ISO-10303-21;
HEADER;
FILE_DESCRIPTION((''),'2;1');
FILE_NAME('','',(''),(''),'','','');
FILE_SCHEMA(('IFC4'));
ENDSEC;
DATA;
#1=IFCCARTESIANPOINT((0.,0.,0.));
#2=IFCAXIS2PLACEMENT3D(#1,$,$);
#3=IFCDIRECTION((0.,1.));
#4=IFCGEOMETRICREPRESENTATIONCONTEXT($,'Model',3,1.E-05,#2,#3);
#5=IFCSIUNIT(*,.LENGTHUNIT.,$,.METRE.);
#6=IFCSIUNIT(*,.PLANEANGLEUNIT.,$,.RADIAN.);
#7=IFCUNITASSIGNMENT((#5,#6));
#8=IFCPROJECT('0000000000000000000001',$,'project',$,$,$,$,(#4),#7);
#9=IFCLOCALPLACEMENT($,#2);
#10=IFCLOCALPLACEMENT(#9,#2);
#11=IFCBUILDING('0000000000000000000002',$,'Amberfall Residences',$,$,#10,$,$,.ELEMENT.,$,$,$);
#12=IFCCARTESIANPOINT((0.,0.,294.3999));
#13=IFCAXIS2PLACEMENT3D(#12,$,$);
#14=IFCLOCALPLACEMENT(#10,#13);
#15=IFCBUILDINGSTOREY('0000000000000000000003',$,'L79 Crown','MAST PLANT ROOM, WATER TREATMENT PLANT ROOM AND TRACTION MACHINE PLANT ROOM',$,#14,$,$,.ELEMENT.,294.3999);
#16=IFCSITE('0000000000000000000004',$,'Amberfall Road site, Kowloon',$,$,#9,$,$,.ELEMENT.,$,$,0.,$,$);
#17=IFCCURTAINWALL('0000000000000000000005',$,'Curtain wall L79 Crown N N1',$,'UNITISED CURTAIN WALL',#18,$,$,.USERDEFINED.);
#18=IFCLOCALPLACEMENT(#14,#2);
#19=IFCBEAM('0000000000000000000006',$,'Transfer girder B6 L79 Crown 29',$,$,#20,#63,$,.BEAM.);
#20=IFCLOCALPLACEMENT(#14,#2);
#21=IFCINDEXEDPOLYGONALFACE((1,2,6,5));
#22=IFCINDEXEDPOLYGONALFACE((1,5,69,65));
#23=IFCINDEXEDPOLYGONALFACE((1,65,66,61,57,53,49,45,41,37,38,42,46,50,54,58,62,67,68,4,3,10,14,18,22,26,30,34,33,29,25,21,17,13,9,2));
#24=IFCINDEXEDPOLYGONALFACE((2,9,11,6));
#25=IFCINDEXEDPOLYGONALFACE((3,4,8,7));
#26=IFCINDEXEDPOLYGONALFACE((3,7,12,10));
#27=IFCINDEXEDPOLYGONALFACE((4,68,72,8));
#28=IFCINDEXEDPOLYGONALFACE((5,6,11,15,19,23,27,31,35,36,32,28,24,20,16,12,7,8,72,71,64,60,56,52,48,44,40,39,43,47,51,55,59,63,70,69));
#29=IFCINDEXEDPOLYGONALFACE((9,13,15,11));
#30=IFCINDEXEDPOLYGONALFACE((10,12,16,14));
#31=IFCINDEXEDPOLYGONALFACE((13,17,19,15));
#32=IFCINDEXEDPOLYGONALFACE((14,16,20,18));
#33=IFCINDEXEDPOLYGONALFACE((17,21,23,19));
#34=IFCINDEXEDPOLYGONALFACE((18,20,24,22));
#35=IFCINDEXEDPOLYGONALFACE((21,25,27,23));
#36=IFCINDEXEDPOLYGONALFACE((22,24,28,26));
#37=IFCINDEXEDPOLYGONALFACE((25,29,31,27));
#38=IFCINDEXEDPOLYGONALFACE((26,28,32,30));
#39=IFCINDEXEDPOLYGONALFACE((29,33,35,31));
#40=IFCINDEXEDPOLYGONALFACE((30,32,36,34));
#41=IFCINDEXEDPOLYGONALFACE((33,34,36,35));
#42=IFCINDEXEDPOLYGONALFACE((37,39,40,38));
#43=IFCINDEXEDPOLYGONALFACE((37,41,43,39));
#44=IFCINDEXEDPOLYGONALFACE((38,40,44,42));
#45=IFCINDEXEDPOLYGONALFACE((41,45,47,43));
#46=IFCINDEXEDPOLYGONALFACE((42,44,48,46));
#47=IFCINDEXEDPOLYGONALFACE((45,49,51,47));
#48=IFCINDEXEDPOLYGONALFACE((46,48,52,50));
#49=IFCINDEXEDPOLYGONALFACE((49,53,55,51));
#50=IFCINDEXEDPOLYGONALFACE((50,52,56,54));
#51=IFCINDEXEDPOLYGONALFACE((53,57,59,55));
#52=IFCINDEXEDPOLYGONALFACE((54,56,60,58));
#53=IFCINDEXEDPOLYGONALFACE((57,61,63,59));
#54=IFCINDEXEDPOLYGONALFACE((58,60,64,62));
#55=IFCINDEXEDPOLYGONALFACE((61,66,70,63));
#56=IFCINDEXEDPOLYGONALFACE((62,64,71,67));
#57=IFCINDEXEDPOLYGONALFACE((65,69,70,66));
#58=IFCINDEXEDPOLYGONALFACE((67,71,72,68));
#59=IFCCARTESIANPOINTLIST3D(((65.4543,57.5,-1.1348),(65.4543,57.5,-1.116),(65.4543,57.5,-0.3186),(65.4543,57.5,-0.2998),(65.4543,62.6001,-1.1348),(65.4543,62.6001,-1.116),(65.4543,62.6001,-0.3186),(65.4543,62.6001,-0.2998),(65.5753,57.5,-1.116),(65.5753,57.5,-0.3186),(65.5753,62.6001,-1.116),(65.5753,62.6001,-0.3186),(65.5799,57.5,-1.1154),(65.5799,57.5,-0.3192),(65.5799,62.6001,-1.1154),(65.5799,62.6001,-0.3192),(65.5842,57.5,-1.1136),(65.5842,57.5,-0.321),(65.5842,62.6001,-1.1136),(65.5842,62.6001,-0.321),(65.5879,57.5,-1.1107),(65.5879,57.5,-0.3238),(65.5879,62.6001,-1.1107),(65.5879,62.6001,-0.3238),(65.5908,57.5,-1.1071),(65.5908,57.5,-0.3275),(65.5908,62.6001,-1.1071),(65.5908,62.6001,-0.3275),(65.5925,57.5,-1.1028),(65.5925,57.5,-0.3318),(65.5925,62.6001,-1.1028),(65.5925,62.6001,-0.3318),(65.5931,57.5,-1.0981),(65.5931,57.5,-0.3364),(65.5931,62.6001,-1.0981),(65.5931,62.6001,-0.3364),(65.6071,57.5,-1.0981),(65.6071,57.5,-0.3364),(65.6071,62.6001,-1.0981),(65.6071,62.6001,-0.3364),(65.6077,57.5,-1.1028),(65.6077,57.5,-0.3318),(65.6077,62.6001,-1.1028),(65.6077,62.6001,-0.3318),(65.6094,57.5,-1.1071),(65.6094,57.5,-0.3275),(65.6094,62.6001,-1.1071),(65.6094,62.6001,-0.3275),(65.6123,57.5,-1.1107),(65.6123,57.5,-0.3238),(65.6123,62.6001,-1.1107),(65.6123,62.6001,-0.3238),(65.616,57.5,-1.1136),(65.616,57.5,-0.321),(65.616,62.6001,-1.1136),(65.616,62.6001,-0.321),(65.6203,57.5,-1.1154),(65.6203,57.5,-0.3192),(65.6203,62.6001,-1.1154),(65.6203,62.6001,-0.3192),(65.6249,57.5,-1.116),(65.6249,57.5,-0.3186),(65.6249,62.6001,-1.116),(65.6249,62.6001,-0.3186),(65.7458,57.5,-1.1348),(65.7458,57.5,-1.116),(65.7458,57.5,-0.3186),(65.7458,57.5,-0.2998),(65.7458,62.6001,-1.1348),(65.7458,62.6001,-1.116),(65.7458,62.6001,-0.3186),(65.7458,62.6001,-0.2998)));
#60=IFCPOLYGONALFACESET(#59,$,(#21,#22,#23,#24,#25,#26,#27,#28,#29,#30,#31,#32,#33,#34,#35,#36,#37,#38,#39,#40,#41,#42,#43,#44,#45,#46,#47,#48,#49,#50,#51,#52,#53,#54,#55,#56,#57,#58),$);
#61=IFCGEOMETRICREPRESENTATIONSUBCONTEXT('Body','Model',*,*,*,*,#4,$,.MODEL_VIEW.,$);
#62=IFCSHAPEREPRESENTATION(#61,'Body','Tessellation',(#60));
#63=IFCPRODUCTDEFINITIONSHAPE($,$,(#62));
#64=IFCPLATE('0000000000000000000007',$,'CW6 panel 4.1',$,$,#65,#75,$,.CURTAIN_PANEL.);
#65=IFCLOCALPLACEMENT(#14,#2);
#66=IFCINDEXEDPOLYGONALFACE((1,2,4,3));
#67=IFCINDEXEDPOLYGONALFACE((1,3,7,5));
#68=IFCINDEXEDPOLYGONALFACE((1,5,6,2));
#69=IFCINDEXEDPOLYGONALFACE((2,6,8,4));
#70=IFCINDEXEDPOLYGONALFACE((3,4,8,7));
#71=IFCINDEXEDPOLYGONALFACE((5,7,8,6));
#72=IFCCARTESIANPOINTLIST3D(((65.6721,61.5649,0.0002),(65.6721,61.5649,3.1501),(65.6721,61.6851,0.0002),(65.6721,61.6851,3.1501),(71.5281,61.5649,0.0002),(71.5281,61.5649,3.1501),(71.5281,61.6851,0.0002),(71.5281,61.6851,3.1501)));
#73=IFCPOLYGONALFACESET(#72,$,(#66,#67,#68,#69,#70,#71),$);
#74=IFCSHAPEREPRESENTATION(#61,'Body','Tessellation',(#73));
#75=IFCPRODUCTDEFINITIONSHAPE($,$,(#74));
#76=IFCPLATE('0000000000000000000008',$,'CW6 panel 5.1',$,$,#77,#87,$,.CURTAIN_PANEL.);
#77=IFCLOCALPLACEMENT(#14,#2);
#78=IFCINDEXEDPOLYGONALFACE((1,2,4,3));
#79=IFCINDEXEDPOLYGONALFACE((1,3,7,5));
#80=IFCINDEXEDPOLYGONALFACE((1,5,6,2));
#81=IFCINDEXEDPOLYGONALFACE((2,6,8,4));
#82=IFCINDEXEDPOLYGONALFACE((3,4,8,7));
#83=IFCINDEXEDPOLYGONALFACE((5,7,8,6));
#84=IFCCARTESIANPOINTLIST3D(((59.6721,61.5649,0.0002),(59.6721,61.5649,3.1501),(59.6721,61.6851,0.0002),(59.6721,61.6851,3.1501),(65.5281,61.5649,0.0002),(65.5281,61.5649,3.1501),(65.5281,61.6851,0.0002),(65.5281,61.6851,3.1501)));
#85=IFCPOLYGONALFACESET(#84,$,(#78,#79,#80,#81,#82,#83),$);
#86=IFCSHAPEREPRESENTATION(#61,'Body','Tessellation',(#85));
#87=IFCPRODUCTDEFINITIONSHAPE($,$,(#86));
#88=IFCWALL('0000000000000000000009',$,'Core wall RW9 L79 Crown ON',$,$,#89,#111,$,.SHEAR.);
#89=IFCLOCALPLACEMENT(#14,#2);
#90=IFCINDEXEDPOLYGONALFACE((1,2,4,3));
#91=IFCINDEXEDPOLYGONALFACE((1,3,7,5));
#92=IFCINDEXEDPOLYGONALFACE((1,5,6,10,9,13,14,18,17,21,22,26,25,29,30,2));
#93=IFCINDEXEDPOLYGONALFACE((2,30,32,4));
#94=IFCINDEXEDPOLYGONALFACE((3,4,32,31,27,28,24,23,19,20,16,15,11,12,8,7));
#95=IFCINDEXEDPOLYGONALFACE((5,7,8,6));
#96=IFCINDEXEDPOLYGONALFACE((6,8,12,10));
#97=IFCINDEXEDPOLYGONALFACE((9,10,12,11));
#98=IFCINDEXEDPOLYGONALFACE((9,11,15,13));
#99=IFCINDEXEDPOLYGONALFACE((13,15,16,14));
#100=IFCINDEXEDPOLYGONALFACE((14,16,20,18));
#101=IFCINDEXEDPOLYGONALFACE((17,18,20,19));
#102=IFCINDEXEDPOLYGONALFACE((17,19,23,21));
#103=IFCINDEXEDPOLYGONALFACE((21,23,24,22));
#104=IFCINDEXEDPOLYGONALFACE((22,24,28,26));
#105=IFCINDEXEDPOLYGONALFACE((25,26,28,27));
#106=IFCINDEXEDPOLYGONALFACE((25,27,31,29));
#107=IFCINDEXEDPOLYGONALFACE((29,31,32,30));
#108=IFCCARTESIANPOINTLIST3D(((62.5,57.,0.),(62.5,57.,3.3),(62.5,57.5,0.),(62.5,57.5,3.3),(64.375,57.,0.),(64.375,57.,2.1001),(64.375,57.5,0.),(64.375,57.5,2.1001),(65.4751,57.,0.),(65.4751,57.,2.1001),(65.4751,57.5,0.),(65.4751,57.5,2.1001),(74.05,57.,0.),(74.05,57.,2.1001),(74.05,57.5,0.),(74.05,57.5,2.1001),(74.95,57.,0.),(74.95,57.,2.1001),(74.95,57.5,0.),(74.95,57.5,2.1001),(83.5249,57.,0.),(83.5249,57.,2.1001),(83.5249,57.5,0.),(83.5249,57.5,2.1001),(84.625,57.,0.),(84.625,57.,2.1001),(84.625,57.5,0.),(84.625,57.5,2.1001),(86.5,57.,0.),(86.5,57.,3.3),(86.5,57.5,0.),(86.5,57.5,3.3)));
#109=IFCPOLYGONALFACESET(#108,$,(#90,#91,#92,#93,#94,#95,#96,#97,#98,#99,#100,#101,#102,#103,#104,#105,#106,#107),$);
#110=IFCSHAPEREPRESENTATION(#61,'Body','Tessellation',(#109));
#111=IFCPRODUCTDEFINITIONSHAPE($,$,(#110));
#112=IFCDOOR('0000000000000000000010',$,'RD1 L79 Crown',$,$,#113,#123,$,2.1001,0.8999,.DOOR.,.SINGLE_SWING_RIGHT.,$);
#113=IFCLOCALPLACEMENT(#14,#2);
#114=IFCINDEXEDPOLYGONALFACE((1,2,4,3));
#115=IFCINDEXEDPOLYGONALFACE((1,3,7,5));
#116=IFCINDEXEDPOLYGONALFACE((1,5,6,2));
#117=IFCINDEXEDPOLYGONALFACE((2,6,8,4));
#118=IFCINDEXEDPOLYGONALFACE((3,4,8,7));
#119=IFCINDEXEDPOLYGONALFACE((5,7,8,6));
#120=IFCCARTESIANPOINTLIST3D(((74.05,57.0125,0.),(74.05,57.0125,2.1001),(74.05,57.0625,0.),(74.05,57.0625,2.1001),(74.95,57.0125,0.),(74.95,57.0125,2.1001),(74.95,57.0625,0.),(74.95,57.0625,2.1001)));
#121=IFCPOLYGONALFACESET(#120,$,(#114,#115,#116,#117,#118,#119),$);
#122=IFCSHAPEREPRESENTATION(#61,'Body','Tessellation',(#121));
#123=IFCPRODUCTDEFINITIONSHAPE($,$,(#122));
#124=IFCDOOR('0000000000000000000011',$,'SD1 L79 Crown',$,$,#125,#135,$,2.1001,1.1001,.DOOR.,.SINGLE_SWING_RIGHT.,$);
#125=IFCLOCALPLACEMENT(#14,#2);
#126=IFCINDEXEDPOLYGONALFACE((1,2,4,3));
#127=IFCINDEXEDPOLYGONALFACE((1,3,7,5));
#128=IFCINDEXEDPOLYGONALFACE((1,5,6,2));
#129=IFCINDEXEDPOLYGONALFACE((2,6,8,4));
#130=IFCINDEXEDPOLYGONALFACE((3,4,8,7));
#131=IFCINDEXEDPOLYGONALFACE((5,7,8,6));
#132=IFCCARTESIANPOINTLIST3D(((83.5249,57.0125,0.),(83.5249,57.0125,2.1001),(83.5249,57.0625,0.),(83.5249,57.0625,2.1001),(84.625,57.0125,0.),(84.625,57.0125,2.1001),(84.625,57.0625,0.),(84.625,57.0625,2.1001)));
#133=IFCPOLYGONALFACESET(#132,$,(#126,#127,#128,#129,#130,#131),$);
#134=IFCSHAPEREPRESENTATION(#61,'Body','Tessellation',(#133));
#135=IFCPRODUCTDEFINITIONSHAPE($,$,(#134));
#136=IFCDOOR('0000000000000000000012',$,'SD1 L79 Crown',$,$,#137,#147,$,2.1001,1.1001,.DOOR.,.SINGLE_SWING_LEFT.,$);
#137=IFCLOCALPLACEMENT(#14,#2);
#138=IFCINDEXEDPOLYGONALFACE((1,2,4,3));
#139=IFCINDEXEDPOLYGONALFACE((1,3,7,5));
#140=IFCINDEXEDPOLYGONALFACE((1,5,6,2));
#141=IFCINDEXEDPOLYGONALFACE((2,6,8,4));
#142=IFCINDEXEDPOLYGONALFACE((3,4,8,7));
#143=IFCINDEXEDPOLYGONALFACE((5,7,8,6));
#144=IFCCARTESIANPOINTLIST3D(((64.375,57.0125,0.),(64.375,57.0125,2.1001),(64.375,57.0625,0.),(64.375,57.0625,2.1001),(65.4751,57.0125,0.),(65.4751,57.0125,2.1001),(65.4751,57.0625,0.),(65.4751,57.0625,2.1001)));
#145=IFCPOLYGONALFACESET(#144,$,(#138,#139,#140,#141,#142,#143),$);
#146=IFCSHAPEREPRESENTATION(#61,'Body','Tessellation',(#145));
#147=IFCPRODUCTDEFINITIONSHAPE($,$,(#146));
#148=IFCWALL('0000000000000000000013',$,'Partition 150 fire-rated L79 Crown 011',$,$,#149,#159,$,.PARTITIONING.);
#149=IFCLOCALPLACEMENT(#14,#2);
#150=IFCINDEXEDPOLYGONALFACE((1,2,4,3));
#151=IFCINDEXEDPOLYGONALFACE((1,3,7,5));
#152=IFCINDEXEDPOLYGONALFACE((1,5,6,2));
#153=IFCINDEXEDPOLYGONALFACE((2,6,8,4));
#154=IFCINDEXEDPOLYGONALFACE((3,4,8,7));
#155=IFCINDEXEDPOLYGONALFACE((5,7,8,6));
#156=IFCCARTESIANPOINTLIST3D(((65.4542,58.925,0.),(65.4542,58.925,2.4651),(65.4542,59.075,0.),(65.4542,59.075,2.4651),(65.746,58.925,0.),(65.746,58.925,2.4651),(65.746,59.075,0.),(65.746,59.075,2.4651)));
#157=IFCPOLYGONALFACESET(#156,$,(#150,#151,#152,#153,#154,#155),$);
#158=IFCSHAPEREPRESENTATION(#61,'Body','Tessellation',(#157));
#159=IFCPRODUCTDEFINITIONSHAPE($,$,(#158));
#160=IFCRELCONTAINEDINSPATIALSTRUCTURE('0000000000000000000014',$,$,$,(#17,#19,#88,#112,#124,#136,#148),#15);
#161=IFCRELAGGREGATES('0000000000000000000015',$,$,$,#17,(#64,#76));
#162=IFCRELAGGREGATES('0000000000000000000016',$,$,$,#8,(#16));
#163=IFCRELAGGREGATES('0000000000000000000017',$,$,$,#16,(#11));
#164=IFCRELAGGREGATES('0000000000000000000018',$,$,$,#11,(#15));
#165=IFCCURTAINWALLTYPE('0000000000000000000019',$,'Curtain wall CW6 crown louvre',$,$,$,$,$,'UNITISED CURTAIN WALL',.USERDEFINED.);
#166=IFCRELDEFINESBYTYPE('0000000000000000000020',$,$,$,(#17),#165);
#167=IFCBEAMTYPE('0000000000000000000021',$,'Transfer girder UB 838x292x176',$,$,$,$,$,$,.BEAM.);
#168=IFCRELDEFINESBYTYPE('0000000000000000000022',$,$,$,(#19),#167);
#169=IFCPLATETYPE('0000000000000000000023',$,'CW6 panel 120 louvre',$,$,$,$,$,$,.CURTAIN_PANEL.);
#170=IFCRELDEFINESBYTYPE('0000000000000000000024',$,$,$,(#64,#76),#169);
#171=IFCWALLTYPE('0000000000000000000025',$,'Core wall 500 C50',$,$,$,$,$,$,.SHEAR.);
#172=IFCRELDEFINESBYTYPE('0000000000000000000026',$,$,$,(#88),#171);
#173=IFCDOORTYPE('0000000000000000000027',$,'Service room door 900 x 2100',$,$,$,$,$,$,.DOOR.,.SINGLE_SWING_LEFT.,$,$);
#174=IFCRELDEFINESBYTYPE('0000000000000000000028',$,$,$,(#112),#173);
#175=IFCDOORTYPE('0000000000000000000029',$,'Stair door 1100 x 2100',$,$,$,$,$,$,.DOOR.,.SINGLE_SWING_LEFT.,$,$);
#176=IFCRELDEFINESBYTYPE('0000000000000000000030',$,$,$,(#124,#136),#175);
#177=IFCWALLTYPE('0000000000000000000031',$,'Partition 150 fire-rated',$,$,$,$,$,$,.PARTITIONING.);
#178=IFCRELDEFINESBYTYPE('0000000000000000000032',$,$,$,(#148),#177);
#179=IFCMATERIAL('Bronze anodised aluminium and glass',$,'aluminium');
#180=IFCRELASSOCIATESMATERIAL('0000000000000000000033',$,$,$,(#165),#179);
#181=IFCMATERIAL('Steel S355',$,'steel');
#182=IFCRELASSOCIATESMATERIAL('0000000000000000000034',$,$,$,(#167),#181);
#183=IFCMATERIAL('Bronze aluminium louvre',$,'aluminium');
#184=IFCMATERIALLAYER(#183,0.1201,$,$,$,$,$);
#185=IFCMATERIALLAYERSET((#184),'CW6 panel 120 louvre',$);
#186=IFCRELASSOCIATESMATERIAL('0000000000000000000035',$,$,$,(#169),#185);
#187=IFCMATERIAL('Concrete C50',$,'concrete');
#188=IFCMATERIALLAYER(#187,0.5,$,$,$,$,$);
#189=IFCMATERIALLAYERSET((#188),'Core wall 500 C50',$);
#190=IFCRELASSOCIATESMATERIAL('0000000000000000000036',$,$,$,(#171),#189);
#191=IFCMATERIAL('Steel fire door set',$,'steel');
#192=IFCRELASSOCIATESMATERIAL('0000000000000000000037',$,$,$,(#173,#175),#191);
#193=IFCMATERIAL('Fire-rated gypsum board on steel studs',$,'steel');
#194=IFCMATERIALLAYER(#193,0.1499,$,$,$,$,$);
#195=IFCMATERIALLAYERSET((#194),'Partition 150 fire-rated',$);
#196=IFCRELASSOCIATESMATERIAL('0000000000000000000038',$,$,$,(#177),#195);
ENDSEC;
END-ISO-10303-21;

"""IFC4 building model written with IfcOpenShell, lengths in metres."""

from ifc_helpers import new_model, si_unit, direction, frame, frame_2d, origin, origin_2d, place, context, subcontext, project, spatial, rectangle, i_section, extrude, material, layer, layer_set, material_profile, profile_set, type_object, element, fill, aggregate, save


model = new_model("IFC4")

# Units and contexts
model_context = context("Model", 3, precision=1e-05, world=origin(), true_north=direction((0.0, 1.0)))
body_context = subcontext(model_context, "Body", "Model", "MODEL_VIEW")
ifc_project = project(units=[si_unit("LENGTHUNIT", "METRE"), si_unit("PLANEANGLEUNIT", "RADIAN")], contexts=[model_context])

# Site, building, storey
site_placement = place(None, origin())
site = spatial("IfcSite", under=ifc_project, at=site_placement, Name="Amberfall Road site, Kowloon", CompositionType="ELEMENT", RefElevation=0.0)
building_placement = place(site_placement, origin())
building = spatial("IfcBuilding", under=site, at=building_placement, Name="Amberfall Residences", CompositionType="ELEMENT")
storey_placement = place(building_placement, frame((0.0, 0.0, 294.3999)))
storey = spatial("IfcBuildingStorey", under=building, at=storey_placement, Name="L79 Crown", Description="MAST PLANT ROOM, WATER TREATMENT PLANT ROOM AND TRACTION MACHINE PLANT ROOM", CompositionType="ELEMENT", Elevation=294.3999)

# Shared definitions
ifc_material_1 = material(Name="Concrete C50", Category="concrete")

# Curtain wall
ifc_material_2 = material(Name="Bronze anodised aluminium and glass", Category="aluminium")
curtain_wall_type = type_object("IfcCurtainWallType", Name="Curtain wall CW6 crown louvre", ElementType="UNITISED CURTAIN WALL", PredefinedType="USERDEFINED", material=ifc_material_2)
curtain_wall_placement = place(storey_placement, origin())
curtain_wall = element("IfcCurtainWall", 1, at=curtain_wall_placement, inside=storey, type_object=curtain_wall_type, Name="Curtain wall L79 Crown N N1", ObjectType="UNITISED CURTAIN WALL", PredefinedType="USERDEFINED")

# Beam
ifc_material_3 = material(Name="Steel S355", Category="steel")
ifc_material_profile_1 = material_profile(ifc_material_3, i_section(OverallWidth=0.2915, OverallDepth=0.835, WebThickness=0.0139, FlangeThickness=0.0188, FilletRadius=0.0178, at=origin_2d()), Name="UB 838x292x176")
ifc_profile_set_1 = profile_set([ifc_material_profile_1], Name="Steel S355")
beam_type_1 = type_object("IfcBeamType", Name="Transfer girder UB 838x292x176", PredefinedType="BEAM", material=ifc_profile_set_1)
beam_placement = place(storey_placement, frame((65.6001, 62.6001, -0.7173), z_axis=(0.0, -1.0, 0.0), x_axis=(1.0, 0.0, 0.0)))
element("IfcBeam", 2, at=beam_placement, inside=storey, type_object=beam_type_1, Name="Transfer girder B6 L79 Crown 29", PredefinedType="BEAM", context=body_context, shape_type="SweptSolid", body=[
    extrude(i_section(OverallWidth=0.2915, OverallDepth=0.835, WebThickness=0.0139, FlangeThickness=0.0188, FilletRadius=0.0178, at=origin_2d()), origin(), (0.0, 0.0, 1.0), 5.1001),
])

# Plates
ifc_material_4 = material(Name="Bronze aluminium louvre", Category="aluminium")
ifc_layer_1 = layer(ifc_material_4, 0.1201)
ifc_layer_set_1 = layer_set([ifc_layer_1], Name="CW6 panel 120 louvre")
plate_type = type_object("IfcPlateType", Name="CW6 panel 120 louvre", PredefinedType="CURTAIN_PANEL", material=ifc_layer_set_1)
plate_1_placement = place(storey_placement, frame((68.6001, 61.625, 0.0002), z_axis=(0.0, 0.0, 1.0), x_axis=(-1.0, 0.0, 0.0)))
plate_1 = element("IfcPlate", 3, at=plate_1_placement, type_object=plate_type, Name="CW6 panel 4.1", PredefinedType="CURTAIN_PANEL", context=body_context, shape_type="SweptSolid", body=[
    extrude(rectangle(XDim=5.856, YDim=0.1201, at=origin_2d()), origin(), (0.0, 0.0, 1.0), 3.1499),
])
plate_2_placement = place(storey_placement, frame((62.6001, 61.625, 0.0002), z_axis=(0.0, 0.0, 1.0), x_axis=(-1.0, 0.0, 0.0)))
plate_2 = element("IfcPlate", 4, at=plate_2_placement, type_object=plate_type, Name="CW6 panel 5.1", PredefinedType="CURTAIN_PANEL", context=body_context, shape_type="SweptSolid", body=[
    extrude(rectangle(XDim=5.856, YDim=0.1201, at=origin_2d()), origin(), (0.0, 0.0, 1.0), 3.1499),
])
aggregate(curtain_wall, [plate_1, plate_2])

# Wall, openings, doors
ifc_layer_2 = layer(ifc_material_1, 0.5)
ifc_layer_set_2 = layer_set([ifc_layer_2], Name="Core wall 500 C50")
wall_type_1 = type_object("IfcWallType", Name="Core wall 500 C50", PredefinedType="SHEAR", material=ifc_layer_set_2)
wall_1_placement = place(storey_placement, frame((62.5, 57.25, 0.0), z_axis=(0.0, 0.0, 1.0), x_axis=(1.0, 0.0, 0.0)))
wall_1 = element("IfcWall", 5, at=wall_1_placement, inside=storey, type_object=wall_type_1, Name="Core wall RW9 L79 Crown ON", PredefinedType="SHEAR", context=body_context, shape_type="SweptSolid", body=[
    extrude(rectangle(XDim=24.0, YDim=0.5, at=frame_2d((12.0, 0.0))), origin(), (0.0, 0.0, 1.0), 3.3),
])
opening_1_placement = place(wall_1_placement, frame((21.0249, 0.0, 0.0)))
opening_1 = element("IfcOpeningElement", 6, at=opening_1_placement, cuts=wall_1, PredefinedType="OPENING", context=body_context, shape_type="SweptSolid", body=[
    extrude(rectangle(XDim=1.1001, YDim=2.1001, at=frame_2d((0.55, 1.05))), frame((0.0, 0.26, 0.0), z_axis=(0.0, -1.0, 0.0), x_axis=(1.0, 0.0, 0.0)), (0.0, 0.0, 1.0), 0.52),
])
opening_2_placement = place(wall_1_placement, frame((1.875, 0.0, 0.0)))
opening_2 = element("IfcOpeningElement", 7, at=opening_2_placement, cuts=wall_1, PredefinedType="OPENING", context=body_context, shape_type="SweptSolid", body=[
    extrude(rectangle(XDim=1.1001, YDim=2.1001, at=frame_2d((0.55, 1.05))), frame((0.0, 0.26, 0.0), z_axis=(0.0, -1.0, 0.0), x_axis=(1.0, 0.0, 0.0)), (0.0, 0.0, 1.0), 0.52),
])
opening_3_placement = place(wall_1_placement, frame((11.55, 0.0, 0.0)))
opening_3 = element("IfcOpeningElement", 8, at=opening_3_placement, cuts=wall_1, PredefinedType="OPENING", context=body_context, shape_type="SweptSolid", body=[
    extrude(rectangle(XDim=0.8999, YDim=2.1001, at=frame_2d((0.45, 1.05))), frame((0.0, 0.26, 0.0), z_axis=(0.0, -1.0, 0.0), x_axis=(1.0, 0.0, 0.0)), (0.0, 0.0, 1.0), 0.52),
])
ifc_material_5 = material(Name="Steel fire door set", Category="steel")
door_type_1 = type_object("IfcDoorType", Name="Service room door 900 x 2100", OperationType="SINGLE_SWING_LEFT", PredefinedType="DOOR", material=ifc_material_5)
door_1_placement = place(opening_3_placement, origin())
door_1 = element("IfcDoor", 9, at=door_1_placement, inside=storey, type_object=door_type_1, Name="RD1 L79 Crown", OperationType="SINGLE_SWING_RIGHT", OverallHeight=2.1001, OverallWidth=0.8999, PredefinedType="DOOR", context=body_context, shape_type="SweptSolid", body=[
    extrude(rectangle(XDim=0.8999, YDim=2.1001, at=frame_2d((0.45, 1.05))), frame((0.0, -0.1875, 0.0), z_axis=(0.0, -1.0, 0.0), x_axis=(1.0, 0.0, 0.0)), (0.0, 0.0, 1.0), 0.05),
])
fill(opening_3, door_1)
door_type_2 = type_object("IfcDoorType", Name="Stair door 1100 x 2100", OperationType="SINGLE_SWING_LEFT", PredefinedType="DOOR", material=ifc_material_5)
door_2_placement = place(opening_1_placement, origin())
door_2 = element("IfcDoor", 10, at=door_2_placement, inside=storey, type_object=door_type_2, Name="SD1 L79 Crown", OperationType="SINGLE_SWING_RIGHT", OverallHeight=2.1001, OverallWidth=1.1001, PredefinedType="DOOR", context=body_context, shape_type="SweptSolid", body=[
    extrude(rectangle(XDim=1.1001, YDim=2.1001, at=frame_2d((0.55, 1.05))), frame((0.0, -0.1875, 0.0), z_axis=(0.0, -1.0, 0.0), x_axis=(1.0, 0.0, 0.0)), (0.0, 0.0, 1.0), 0.05),
])
fill(opening_1, door_2)
door_3_placement = place(opening_2_placement, origin())
door_3 = element("IfcDoor", 11, at=door_3_placement, inside=storey, type_object=door_type_2, Name="SD1 L79 Crown", OperationType="SINGLE_SWING_LEFT", OverallHeight=2.1001, OverallWidth=1.1001, PredefinedType="DOOR", context=body_context, shape_type="SweptSolid", body=[
    extrude(rectangle(XDim=1.1001, YDim=2.1001, at=frame_2d((0.55, 1.05))), frame((0.0, -0.1875, 0.0), z_axis=(0.0, -1.0, 0.0), x_axis=(1.0, 0.0, 0.0)), (0.0, 0.0, 1.0), 0.05),
])
fill(opening_2, door_3)

# Wall
ifc_material_6 = material(Name="Fire-rated gypsum board on steel studs", Category="steel")
ifc_layer_3 = layer(ifc_material_6, 0.1499)
ifc_layer_set_3 = layer_set([ifc_layer_3], Name="Partition 150 fire-rated")
wall_type_2 = type_object("IfcWallType", Name="Partition 150 fire-rated", PredefinedType="PARTITIONING", material=ifc_layer_set_3)
wall_2_placement = place(storey_placement, frame((65.4541, 59.0, 0.0), z_axis=(0.0, 0.0, 1.0), x_axis=(1.0, 0.0, 0.0)))
element("IfcWall", 12, at=wall_2_placement, inside=storey, type_object=wall_type_2, Name="Partition 150 fire-rated L79 Crown 011", PredefinedType="PARTITIONING", context=body_context, shape_type="SweptSolid", body=[
    extrude(rectangle(XDim=0.2917, YDim=0.1499, at=frame_2d((0.146, 0.0))), origin(), (0.0, 0.0, 1.0), 2.4651),
])

save(model, "model.ifc")
